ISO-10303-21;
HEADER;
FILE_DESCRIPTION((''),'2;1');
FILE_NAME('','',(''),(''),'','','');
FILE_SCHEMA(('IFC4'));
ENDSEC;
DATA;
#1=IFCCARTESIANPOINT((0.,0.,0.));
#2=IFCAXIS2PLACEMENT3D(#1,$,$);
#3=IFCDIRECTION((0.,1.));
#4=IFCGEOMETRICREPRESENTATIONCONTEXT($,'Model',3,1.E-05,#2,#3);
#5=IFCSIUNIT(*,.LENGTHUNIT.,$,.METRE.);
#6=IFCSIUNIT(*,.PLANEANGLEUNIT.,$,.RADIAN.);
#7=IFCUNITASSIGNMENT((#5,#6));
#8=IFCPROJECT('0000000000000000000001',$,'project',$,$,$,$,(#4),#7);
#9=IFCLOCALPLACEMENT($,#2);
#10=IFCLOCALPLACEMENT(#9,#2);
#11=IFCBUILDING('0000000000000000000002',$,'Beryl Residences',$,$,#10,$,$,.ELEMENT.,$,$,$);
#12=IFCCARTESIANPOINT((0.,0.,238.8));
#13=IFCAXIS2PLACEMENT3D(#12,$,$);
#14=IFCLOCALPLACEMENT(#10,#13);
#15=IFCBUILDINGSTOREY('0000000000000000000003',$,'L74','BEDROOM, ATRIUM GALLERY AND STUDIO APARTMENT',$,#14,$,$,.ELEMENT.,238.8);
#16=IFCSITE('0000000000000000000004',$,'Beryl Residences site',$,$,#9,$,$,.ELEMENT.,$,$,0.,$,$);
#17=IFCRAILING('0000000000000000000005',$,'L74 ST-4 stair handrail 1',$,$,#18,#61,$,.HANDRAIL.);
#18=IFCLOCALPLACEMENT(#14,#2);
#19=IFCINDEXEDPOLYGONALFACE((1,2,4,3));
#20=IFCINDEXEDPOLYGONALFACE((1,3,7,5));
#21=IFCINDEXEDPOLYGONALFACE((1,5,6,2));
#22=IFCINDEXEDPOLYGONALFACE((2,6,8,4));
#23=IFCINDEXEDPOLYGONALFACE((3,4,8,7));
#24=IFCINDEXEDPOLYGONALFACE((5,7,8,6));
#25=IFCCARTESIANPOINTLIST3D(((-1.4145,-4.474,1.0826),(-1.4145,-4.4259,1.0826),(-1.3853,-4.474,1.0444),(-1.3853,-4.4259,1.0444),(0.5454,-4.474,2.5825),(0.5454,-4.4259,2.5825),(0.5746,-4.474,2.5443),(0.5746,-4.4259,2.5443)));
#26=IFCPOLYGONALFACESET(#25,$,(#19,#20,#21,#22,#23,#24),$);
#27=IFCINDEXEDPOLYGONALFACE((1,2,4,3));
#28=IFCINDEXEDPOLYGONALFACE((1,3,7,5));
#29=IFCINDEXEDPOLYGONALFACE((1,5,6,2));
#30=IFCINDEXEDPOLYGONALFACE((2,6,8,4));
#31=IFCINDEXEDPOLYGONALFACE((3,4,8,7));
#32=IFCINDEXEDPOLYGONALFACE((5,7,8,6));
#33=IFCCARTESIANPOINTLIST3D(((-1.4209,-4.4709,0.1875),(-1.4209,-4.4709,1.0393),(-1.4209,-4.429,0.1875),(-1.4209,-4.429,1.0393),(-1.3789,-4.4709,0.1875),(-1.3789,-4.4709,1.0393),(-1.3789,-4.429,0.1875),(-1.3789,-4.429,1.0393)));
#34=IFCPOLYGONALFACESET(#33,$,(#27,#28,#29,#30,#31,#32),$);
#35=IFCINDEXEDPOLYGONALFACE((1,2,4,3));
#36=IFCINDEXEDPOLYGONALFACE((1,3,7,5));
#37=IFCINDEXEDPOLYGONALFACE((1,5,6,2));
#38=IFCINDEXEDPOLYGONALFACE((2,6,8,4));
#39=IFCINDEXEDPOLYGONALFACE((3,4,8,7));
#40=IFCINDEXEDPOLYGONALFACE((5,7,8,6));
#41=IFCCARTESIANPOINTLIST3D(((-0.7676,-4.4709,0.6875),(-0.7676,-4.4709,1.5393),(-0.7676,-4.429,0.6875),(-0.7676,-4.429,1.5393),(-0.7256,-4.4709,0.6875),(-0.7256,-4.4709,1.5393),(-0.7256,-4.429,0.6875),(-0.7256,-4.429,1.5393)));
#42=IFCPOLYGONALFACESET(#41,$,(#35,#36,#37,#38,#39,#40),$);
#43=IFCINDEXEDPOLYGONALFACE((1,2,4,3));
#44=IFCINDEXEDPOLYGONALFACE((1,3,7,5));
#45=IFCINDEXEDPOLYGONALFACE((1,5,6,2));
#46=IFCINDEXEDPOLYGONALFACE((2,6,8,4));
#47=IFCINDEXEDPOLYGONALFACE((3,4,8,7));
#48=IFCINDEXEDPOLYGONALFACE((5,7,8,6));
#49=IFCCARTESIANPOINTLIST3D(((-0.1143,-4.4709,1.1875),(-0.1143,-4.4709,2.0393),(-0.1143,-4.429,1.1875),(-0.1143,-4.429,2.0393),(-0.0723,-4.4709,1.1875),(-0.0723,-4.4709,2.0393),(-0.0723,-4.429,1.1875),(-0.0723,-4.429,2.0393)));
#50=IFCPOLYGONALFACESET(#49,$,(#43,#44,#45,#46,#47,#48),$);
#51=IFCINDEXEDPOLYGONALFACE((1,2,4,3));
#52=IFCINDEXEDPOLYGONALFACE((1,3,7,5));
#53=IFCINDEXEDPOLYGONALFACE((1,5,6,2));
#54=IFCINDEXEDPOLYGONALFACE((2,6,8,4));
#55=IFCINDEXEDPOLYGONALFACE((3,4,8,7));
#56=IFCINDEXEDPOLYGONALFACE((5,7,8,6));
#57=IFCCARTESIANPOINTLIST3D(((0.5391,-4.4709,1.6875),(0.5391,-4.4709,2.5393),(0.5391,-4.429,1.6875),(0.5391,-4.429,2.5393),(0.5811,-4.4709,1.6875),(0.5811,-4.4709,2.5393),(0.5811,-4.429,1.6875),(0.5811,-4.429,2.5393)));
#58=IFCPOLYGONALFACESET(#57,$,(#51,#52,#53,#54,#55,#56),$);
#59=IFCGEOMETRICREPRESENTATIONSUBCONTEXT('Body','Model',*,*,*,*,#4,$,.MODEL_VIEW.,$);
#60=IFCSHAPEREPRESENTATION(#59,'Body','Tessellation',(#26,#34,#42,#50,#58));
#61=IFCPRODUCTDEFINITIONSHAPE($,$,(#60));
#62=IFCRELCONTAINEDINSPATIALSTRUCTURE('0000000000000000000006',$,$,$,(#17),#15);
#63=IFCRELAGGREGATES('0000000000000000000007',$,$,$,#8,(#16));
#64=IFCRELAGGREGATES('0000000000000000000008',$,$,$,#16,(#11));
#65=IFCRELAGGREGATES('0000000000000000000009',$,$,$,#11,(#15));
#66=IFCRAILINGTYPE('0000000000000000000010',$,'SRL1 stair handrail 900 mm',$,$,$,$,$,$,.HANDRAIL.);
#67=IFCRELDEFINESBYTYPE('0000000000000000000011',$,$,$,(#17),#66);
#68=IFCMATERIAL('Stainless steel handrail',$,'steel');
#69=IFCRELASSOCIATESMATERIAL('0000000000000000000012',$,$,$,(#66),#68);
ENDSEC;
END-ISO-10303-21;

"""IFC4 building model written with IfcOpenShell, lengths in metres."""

from ifc_helpers import new_model, si_unit, direction, frame, origin, origin_2d, place, context, subcontext, project, spatial, rectangle, extrude, material, type_object, element, save


model = new_model("IFC4")

# Units and contexts
model_context = context("Model", 3, precision=1e-05, world=origin(), true_north=direction((0.0, 1.0)))
body_context = subcontext(model_context, "Body", "Model", "MODEL_VIEW")
ifc_project = project(units=[si_unit("LENGTHUNIT", "METRE"), si_unit("PLANEANGLEUNIT", "RADIAN")], contexts=[model_context])

# Site, building, storey
site_placement = place(None, origin())
site = spatial("IfcSite", under=ifc_project, at=site_placement, Name="Beryl Residences site", CompositionType="ELEMENT", RefElevation=0.0)
building_placement = place(site_placement, origin())
building = spatial("IfcBuilding", under=site, at=building_placement, Name="Beryl Residences", CompositionType="ELEMENT")
storey_placement = place(building_placement, frame((0.0, 0.0, 238.8)))
storey = spatial("IfcBuildingStorey", under=building, at=storey_placement, Name="L74", Description="BEDROOM, ATRIUM GALLERY AND STUDIO APARTMENT", CompositionType="ELEMENT", Elevation=238.8)

# Railing
ifc_material_1 = material(Name="Stainless steel handrail", Category="steel")
railing_type_1 = type_object("IfcRailingType", Name="SRL1 stair handrail 900 mm", PredefinedType="HANDRAIL", material=ifc_material_1)
railing_1_placement = place(storey_placement, frame((-1.3999, -4.45, 0.1875)))
element("IfcRailing", 1, at=railing_1_placement, inside=storey, type_object=railing_type_1, Name="L74 ST-4 stair handrail 1", PredefinedType="HANDRAIL", context=body_context, shape_type="SweptSolid", body=[
    extrude(rectangle(XDim=0.0481, YDim=0.0481, at=origin_2d()), frame((0.0, 0.0, 0.876), z_axis=(0.794122, 0.0, 0.607758), x_axis=(0.0, 1.0, 0.0)), (0.0, 0.0, 1.0), 2.468),
    extrude(rectangle(XDim=0.042, YDim=0.042, at=origin_2d()), origin(), (0.0, 0.0, 1.0), 0.8518),
    extrude(rectangle(XDim=0.042, YDim=0.042, at=origin_2d()), frame((0.6533, 0.0, 0.5)), (0.0, 0.0, 1.0), 0.8518),
    extrude(rectangle(XDim=0.042, YDim=0.042, at=origin_2d()), frame((1.3066, 0.0, 1.0)), (0.0, 0.0, 1.0), 0.8518),
    extrude(rectangle(XDim=0.042, YDim=0.042, at=origin_2d()), frame((1.96, 0.0, 1.5)), (0.0, 0.0, 1.0), 0.8518),
])

save(model, "model.ifc")
